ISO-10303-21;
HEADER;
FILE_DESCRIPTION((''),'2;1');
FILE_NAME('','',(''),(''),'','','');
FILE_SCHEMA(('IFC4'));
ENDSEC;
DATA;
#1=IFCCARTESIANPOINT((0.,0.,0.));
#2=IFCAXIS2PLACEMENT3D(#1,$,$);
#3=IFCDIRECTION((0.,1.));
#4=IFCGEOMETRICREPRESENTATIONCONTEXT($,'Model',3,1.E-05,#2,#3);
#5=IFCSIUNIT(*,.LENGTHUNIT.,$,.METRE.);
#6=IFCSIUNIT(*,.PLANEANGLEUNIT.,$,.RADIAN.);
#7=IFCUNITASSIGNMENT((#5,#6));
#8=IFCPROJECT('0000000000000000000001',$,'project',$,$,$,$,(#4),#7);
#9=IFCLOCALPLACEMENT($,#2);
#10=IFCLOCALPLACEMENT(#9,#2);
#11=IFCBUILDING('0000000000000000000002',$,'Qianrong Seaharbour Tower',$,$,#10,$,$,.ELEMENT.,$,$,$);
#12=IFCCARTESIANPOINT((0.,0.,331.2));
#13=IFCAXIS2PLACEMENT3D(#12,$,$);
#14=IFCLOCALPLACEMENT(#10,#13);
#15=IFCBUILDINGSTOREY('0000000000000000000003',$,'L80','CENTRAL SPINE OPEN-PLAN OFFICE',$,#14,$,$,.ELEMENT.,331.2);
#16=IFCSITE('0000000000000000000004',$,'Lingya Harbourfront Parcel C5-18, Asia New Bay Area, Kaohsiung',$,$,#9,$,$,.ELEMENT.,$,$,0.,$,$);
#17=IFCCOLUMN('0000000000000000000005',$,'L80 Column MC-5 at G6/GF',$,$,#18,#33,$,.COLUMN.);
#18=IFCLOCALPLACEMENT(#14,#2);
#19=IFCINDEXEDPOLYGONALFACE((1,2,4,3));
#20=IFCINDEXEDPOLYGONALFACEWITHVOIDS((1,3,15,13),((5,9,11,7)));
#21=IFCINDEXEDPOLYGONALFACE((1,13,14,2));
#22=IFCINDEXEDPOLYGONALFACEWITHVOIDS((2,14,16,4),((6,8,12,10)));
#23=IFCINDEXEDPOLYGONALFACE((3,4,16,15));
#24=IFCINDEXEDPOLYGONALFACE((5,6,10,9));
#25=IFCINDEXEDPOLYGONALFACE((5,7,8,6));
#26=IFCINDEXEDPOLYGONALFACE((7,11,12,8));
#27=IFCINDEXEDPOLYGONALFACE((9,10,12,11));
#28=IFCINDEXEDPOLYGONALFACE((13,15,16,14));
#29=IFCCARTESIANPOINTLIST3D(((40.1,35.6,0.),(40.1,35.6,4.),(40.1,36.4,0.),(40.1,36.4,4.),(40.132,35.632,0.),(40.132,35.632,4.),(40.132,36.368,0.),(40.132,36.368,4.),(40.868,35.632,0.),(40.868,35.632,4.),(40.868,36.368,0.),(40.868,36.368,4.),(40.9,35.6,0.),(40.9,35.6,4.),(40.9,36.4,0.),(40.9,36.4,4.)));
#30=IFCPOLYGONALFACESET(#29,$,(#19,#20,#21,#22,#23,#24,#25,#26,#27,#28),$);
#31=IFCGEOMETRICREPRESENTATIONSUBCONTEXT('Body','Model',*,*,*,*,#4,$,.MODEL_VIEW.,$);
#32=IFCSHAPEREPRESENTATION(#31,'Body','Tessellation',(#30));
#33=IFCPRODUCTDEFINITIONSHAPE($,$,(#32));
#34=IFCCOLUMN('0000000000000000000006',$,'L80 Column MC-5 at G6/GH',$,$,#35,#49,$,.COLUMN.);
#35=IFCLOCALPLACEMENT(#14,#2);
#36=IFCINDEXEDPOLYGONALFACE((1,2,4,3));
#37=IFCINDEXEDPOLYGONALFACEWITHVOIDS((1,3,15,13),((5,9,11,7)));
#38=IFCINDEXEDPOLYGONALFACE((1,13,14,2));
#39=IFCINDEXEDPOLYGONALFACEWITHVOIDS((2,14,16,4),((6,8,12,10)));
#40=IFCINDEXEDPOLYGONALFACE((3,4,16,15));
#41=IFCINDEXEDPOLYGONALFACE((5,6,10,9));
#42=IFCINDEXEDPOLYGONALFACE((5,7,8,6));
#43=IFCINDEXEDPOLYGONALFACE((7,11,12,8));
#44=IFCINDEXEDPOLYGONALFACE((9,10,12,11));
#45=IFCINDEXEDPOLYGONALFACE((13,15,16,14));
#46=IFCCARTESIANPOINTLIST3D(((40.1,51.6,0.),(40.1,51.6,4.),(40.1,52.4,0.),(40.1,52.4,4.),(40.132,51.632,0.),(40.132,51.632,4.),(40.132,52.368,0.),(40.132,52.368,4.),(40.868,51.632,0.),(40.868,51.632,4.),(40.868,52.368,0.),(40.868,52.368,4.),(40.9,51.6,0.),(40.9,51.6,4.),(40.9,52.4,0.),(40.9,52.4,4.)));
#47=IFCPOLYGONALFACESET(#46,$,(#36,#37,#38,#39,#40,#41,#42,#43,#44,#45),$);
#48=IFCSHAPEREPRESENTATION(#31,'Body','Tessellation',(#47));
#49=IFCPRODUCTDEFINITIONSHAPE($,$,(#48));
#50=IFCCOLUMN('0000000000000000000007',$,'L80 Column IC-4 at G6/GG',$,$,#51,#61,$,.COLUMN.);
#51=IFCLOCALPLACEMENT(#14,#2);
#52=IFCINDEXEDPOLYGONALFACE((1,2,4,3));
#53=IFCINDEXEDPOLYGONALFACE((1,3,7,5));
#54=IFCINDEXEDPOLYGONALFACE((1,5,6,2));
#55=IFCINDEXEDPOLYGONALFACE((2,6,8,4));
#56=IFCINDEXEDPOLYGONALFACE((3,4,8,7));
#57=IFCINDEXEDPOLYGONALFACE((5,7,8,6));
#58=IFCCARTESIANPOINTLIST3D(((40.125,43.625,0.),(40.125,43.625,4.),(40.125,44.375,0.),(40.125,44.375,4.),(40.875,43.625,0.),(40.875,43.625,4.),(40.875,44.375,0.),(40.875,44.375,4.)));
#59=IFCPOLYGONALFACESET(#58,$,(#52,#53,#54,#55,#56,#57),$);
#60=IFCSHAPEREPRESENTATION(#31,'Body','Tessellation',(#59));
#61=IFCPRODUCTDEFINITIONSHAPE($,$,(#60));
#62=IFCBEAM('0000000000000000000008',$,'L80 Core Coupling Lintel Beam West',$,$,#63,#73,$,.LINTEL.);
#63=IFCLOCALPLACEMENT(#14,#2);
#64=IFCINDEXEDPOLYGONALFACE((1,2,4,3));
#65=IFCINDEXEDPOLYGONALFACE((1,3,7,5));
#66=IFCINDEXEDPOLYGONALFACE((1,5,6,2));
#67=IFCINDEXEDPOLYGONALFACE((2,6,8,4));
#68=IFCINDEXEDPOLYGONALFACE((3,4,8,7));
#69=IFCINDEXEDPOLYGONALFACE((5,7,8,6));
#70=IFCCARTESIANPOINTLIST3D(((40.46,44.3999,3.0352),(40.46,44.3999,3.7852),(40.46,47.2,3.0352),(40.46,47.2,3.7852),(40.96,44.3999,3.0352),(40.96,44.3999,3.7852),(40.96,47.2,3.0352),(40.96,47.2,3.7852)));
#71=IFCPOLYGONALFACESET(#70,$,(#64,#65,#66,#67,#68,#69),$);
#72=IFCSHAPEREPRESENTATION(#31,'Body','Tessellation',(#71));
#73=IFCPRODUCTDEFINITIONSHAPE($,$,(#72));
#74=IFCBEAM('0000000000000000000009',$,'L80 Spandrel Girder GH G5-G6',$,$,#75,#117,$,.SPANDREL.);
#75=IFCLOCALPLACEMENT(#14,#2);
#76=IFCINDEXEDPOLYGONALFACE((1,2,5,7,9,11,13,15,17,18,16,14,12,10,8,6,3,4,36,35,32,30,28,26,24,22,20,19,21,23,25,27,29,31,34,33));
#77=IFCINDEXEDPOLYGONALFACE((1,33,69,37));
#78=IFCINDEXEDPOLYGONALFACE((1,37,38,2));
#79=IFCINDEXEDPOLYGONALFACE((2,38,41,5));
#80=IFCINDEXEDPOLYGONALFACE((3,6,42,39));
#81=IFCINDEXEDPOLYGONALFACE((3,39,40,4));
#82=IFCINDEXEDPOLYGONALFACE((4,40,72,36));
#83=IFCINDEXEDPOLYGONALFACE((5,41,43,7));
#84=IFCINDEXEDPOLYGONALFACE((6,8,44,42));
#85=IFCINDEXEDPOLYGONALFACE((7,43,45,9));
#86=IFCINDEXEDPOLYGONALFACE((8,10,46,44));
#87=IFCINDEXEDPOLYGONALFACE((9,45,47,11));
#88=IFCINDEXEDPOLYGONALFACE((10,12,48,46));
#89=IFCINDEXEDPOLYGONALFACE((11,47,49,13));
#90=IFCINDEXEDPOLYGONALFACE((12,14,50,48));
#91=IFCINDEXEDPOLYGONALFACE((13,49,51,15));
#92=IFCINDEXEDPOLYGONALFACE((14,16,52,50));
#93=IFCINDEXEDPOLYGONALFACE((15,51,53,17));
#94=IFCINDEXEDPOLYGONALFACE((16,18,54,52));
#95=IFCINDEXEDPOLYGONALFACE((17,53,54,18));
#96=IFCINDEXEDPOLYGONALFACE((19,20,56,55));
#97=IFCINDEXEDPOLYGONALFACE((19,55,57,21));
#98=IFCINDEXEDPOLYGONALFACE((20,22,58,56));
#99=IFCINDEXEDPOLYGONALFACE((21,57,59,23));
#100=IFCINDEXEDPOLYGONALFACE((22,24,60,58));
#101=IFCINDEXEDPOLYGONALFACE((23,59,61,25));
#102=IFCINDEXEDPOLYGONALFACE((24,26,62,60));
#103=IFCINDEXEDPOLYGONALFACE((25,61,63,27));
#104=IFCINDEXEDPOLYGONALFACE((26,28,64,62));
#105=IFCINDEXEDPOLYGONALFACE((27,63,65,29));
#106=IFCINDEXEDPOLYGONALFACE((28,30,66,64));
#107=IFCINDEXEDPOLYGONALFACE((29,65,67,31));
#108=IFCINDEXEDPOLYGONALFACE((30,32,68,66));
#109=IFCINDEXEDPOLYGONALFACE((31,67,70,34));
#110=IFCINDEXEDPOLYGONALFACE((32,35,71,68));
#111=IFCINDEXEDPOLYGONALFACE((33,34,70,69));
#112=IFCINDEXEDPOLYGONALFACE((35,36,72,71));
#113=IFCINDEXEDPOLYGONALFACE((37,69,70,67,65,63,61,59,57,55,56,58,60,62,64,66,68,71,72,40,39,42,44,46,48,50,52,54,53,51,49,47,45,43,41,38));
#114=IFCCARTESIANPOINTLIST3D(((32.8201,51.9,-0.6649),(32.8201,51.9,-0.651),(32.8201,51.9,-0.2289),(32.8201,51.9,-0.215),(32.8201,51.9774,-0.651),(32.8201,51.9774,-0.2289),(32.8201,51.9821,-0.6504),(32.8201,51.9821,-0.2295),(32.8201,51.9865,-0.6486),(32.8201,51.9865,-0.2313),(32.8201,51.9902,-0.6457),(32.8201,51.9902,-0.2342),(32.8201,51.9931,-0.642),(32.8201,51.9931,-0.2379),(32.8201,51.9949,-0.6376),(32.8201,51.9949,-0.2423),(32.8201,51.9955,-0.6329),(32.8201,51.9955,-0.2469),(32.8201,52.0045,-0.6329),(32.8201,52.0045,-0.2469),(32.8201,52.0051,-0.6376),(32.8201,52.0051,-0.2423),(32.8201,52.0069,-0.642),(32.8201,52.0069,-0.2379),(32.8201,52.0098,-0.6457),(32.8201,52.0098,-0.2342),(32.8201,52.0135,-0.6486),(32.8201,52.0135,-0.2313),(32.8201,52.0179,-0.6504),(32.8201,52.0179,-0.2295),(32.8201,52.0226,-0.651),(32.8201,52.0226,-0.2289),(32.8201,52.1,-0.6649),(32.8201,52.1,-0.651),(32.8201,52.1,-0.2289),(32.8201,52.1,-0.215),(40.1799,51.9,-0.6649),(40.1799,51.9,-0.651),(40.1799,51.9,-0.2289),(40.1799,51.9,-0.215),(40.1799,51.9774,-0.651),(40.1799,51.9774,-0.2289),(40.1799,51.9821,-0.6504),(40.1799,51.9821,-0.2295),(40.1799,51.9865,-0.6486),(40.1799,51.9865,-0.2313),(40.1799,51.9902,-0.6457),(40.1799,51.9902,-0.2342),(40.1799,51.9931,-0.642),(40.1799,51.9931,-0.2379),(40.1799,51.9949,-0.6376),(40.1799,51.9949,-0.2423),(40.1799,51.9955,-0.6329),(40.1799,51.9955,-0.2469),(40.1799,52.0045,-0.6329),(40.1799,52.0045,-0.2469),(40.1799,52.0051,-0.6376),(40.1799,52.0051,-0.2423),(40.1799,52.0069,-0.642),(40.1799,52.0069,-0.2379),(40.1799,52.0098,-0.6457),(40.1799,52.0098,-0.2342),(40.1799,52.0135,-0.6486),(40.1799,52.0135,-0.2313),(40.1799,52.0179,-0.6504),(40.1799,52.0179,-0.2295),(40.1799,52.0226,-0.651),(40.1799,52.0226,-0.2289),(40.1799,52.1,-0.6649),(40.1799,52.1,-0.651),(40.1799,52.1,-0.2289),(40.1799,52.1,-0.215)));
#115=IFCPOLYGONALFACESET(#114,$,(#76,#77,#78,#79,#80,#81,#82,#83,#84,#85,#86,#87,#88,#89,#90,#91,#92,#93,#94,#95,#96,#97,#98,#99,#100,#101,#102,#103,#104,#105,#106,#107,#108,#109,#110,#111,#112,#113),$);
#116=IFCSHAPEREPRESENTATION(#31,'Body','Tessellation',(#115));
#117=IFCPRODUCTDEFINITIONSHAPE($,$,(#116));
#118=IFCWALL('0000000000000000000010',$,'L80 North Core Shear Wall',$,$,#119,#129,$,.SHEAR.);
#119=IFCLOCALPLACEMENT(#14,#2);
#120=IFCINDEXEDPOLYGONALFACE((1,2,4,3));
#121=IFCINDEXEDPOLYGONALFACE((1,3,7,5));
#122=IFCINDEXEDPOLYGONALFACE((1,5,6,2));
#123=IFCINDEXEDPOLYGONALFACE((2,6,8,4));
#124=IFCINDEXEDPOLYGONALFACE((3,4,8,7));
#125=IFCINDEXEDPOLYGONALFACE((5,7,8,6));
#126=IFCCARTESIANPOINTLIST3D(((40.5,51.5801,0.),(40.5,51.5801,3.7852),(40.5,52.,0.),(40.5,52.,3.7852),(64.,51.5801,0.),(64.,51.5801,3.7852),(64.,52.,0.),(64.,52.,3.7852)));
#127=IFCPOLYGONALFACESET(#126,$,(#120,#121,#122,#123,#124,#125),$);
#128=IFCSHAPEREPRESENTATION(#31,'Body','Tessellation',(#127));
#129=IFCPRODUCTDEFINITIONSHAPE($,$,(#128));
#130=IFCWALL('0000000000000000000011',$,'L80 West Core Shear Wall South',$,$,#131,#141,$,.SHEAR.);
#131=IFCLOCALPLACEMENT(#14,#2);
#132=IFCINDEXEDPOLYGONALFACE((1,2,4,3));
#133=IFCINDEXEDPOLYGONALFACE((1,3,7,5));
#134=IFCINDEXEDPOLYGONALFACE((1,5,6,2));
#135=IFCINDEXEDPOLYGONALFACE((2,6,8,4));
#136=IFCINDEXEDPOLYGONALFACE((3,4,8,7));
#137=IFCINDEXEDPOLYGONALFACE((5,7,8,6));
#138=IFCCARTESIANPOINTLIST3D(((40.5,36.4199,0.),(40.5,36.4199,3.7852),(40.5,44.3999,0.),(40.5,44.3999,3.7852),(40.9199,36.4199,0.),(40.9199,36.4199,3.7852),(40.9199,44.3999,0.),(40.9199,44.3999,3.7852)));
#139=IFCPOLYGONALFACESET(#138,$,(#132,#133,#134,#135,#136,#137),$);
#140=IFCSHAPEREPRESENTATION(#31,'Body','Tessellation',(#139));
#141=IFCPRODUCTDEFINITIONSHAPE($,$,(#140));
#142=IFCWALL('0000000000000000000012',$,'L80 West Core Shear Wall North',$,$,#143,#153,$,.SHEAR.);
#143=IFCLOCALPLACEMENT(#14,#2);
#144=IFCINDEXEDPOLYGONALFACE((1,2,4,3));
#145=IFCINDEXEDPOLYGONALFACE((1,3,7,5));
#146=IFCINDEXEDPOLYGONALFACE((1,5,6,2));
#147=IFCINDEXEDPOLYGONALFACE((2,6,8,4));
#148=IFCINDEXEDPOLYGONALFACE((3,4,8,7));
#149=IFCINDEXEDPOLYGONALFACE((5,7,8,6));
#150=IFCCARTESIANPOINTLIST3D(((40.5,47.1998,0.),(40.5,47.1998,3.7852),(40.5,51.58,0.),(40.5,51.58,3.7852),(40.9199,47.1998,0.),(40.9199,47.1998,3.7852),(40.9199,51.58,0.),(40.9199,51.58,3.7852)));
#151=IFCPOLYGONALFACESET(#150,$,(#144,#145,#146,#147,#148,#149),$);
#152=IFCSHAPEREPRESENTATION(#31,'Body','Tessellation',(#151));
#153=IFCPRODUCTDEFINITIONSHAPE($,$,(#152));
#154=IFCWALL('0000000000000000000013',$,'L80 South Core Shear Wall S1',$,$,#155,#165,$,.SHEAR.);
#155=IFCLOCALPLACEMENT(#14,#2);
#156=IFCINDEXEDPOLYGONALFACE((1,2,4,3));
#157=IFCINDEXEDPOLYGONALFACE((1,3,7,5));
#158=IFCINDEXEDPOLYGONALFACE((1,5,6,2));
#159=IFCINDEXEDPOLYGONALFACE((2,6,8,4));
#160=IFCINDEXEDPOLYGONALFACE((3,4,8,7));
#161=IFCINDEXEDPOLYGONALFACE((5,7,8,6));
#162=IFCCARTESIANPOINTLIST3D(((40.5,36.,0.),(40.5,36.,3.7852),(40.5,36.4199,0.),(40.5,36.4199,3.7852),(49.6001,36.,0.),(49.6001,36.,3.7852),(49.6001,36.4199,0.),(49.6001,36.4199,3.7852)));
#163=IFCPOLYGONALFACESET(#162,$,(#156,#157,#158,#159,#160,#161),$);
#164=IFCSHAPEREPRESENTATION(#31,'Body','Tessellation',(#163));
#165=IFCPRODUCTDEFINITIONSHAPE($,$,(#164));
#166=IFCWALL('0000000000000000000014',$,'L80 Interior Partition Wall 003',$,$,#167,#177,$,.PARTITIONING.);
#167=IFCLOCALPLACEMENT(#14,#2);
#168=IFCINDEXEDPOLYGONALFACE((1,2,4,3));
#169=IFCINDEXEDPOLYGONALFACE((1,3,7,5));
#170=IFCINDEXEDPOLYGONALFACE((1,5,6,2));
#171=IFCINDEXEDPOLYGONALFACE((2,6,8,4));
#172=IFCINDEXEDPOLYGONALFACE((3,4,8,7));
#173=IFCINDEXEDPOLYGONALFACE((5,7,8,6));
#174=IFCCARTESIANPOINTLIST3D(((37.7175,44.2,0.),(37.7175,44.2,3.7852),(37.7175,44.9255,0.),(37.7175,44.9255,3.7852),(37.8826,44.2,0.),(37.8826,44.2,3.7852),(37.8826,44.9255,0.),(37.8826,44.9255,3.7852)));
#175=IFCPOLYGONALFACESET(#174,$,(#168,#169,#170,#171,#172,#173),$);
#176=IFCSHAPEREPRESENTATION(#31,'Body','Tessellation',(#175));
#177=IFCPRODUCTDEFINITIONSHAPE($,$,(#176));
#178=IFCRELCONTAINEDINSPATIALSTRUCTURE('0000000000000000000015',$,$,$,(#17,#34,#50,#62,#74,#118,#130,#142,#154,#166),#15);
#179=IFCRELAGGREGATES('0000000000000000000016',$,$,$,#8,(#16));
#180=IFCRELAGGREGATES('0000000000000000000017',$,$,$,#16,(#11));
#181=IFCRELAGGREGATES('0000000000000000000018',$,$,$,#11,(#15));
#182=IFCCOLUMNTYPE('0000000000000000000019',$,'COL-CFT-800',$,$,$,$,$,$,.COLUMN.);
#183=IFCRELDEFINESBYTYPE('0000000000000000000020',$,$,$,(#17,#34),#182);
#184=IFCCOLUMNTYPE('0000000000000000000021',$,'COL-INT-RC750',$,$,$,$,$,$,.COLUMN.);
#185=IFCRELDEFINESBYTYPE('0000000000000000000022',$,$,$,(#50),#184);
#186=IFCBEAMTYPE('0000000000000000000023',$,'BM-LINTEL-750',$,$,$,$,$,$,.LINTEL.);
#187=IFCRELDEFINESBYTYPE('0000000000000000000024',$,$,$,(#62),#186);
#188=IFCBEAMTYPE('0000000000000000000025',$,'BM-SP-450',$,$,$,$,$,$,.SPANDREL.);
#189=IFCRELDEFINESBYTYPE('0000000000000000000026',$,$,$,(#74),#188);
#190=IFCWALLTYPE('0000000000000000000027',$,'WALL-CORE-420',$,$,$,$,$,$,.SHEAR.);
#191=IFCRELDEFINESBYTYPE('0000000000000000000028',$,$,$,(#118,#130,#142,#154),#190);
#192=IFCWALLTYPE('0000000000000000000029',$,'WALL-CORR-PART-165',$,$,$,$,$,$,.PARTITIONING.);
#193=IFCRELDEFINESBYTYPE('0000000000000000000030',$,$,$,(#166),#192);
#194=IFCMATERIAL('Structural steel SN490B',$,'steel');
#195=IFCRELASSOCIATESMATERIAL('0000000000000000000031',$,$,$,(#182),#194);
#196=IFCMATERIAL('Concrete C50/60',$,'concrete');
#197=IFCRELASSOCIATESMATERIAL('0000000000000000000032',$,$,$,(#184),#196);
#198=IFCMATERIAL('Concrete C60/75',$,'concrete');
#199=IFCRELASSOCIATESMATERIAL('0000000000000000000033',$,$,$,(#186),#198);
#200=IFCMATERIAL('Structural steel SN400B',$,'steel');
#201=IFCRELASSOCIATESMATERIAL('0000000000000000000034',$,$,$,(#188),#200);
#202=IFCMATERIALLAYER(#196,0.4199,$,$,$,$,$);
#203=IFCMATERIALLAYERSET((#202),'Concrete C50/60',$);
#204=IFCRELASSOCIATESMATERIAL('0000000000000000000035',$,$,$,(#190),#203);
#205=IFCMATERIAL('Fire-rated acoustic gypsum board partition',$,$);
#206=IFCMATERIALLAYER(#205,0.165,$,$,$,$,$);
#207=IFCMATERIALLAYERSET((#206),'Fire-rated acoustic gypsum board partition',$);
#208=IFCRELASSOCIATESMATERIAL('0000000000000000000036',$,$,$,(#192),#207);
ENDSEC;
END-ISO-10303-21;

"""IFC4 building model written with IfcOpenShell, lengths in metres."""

from ifc_helpers import new_model, si_unit, direction, frame, frame_2d, origin, origin_2d, place, context, subcontext, project, spatial, rectangle, hollow_rectangle, i_section, extrude, material, layer, layer_set, material_profile, profile_set, type_object, element, save


model = new_model("IFC4")

# Units and contexts
model_context = context("Model", 3, precision=1e-05, world=origin(), true_north=direction((0.0, 1.0)))
body_context = subcontext(model_context, "Body", "Model", "MODEL_VIEW")
ifc_project = project(units=[si_unit("LENGTHUNIT", "METRE"), si_unit("PLANEANGLEUNIT", "RADIAN")], contexts=[model_context])

# Site, building, storey
site_placement = place(None, origin())
site = spatial("IfcSite", under=ifc_project, at=site_placement, Name="Lingya Harbourfront Parcel C5-18, Asia New Bay Area, Kaohsiung", CompositionType="ELEMENT", RefElevation=0.0)
building_placement = place(site_placement, origin())
building = spatial("IfcBuilding", under=site, at=building_placement, Name="Qianrong Seaharbour Tower", CompositionType="ELEMENT")
storey_placement = place(building_placement, frame((0.0, 0.0, 331.2)))
storey = spatial("IfcBuildingStorey", under=building, at=storey_placement, Name="L80", Description="CENTRAL SPINE OPEN-PLAN OFFICE", CompositionType="ELEMENT", Elevation=331.2)

# Columns
ifc_material_1 = material(Name="Structural steel SN490B", Category="steel")
ifc_material_profile_1 = material_profile(ifc_material_1, hollow_rectangle(XDim=0.8, YDim=0.8, WallThickness=0.032, at=origin_2d()), Name="BOX800x800x32")
ifc_profile_set_1 = profile_set([ifc_material_profile_1], Name="Structural steel SN490B")
column_type_1 = type_object("IfcColumnType", Name="COL-CFT-800", PredefinedType="COLUMN", material=ifc_profile_set_1)
for number, where, z_axis, x_axis, name in (
    (1, (40.5, 36.0, 0.0), (0.0, 0.0, 1.0), (1.0, 0.0, 0.0), "L80 Column MC-5 at G6/GF"),
    (2, (40.5, 52.0, 0.0), (0.0, 0.0, 1.0), (1.0, 0.0, 0.0), "L80 Column MC-5 at G6/GH"),
):
    element("IfcColumn", number, at=place(storey_placement, frame(where, z_axis=z_axis, x_axis=x_axis)), inside=storey, type_object=column_type_1, Name=name, PredefinedType="COLUMN", context=body_context, shape_type="SweptSolid", body=[
        extrude(hollow_rectangle(XDim=0.8, YDim=0.8, WallThickness=0.032, at=origin_2d()), origin(), (0.0, 0.0, 1.0), 4.0),
    ])
ifc_material_2 = material(Name="Concrete C50/60", Category="concrete")
ifc_material_profile_2 = material_profile(ifc_material_2, rectangle(XDim=0.75, YDim=0.75, at=origin_2d()), Name="RC750x750")
ifc_profile_set_2 = profile_set([ifc_material_profile_2], Name="Concrete C50/60")
column_type_2 = type_object("IfcColumnType", Name="COL-INT-RC750", PredefinedType="COLUMN", material=ifc_profile_set_2)
column_placement = place(storey_placement, frame((40.5, 44.0, 0.0), z_axis=(0.0, 0.0, 1.0), x_axis=(1.0, 0.0, 0.0)))
element("IfcColumn", 3, at=column_placement, inside=storey, type_object=column_type_2, Name="L80 Column IC-4 at G6/GG", PredefinedType="COLUMN", context=body_context, shape_type="SweptSolid", body=[
    extrude(rectangle(XDim=0.75, YDim=0.75, at=origin_2d()), origin(), (0.0, 0.0, 1.0), 4.0),
])

# Beams
ifc_material_3 = material(Name="Concrete C60/75", Category="concrete")
ifc_material_profile_3 = material_profile(ifc_material_3, rectangle(XDim=0.5, YDim=0.75, at=origin_2d()), Name="RC500x750")
ifc_profile_set_3 = profile_set([ifc_material_profile_3], Name="Concrete C60/75")
beam_type_1 = type_object("IfcBeamType", Name="BM-LINTEL-750", PredefinedType="LINTEL", material=ifc_profile_set_3)
beam_1_placement = place(storey_placement, frame((40.71, 44.3999, 3.4102), z_axis=(0.0, 1.0, 0.0), x_axis=(-1.0, 0.0, 0.0)))
element("IfcBeam", 4, at=beam_1_placement, inside=storey, type_object=beam_type_1, Name="L80 Core Coupling Lintel Beam West", PredefinedType="LINTEL", context=body_context, shape_type="SweptSolid", body=[
    extrude(rectangle(XDim=0.5, YDim=0.75, at=origin_2d()), origin(), (0.0, 0.0, 1.0), 2.8),
])
ifc_material_4 = material(Name="Structural steel SN400B", Category="steel")
ifc_material_profile_4 = material_profile(ifc_material_4, i_section(OverallWidth=0.2, OverallDepth=0.45, WebThickness=0.009, FlangeThickness=0.0139, FilletRadius=0.0181, at=origin_2d()), Name="H450x200x9x14")
ifc_profile_set_4 = profile_set([ifc_material_profile_4], Name="Structural steel SN400B")
beam_type_2 = type_object("IfcBeamType", Name="BM-SP-450", PredefinedType="SPANDREL", material=ifc_profile_set_4)
beam_2_placement = place(storey_placement, frame((32.8201, 52.0, -0.4399), z_axis=(1.0, 0.0, 0.0), x_axis=(0.0, 1.0, 0.0)))
element("IfcBeam", 5, at=beam_2_placement, inside=storey, type_object=beam_type_2, Name="L80 Spandrel Girder GH G5-G6", PredefinedType="SPANDREL", context=body_context, shape_type="SweptSolid", body=[
    extrude(i_section(OverallWidth=0.2, OverallDepth=0.45, WebThickness=0.009, FlangeThickness=0.0139, FilletRadius=0.0181, at=origin_2d()), origin(), (0.0, 0.0, 1.0), 7.3599),
])

# Walls
ifc_layer_1 = layer(ifc_material_2, 0.4199)
ifc_layer_set_1 = layer_set([ifc_layer_1], Name="Concrete C50/60")
wall_type_1 = type_object("IfcWallType", Name="WALL-CORE-420", PredefinedType="SHEAR", material=ifc_layer_set_1)
wall_1_placement = place(storey_placement, frame((40.5, 51.79, 0.0), z_axis=(0.0, 0.0, 1.0), x_axis=(1.0, 0.0, 0.0)))
element("IfcWall", 6, at=wall_1_placement, inside=storey, type_object=wall_type_1, Name="L80 North Core Shear Wall", PredefinedType="SHEAR", context=body_context, shape_type="SweptSolid", body=[
    extrude(rectangle(XDim=23.5, YDim=0.4199, at=frame_2d((11.75, 0.0))), origin(), (0.0, 0.0, 1.0), 3.7852),
])
wall_2_placement = place(storey_placement, frame((40.71, 36.4199, 0.0), z_axis=(0.0, 0.0, 1.0), x_axis=(0.0, 1.0, 0.0)))
element("IfcWall", 7, at=wall_2_placement, inside=storey, type_object=wall_type_1, Name="L80 West Core Shear Wall South", PredefinedType="SHEAR", context=body_context, shape_type="SweptSolid", body=[
    extrude(rectangle(XDim=7.98, YDim=0.4199, at=frame_2d((3.99, 0.0))), origin(), (0.0, 0.0, 1.0), 3.7852),
])
wall_3_placement = place(storey_placement, frame((40.71, 47.2, 0.0), z_axis=(0.0, 0.0, 1.0), x_axis=(0.0, 1.0, 0.0)))
element("IfcWall", 8, at=wall_3_placement, inside=storey, type_object=wall_type_1, Name="L80 West Core Shear Wall North", PredefinedType="SHEAR", context=body_context, shape_type="SweptSolid", body=[
    extrude(rectangle(XDim=4.3801, YDim=0.4199, at=frame_2d((2.1899, 0.0))), origin(), (0.0, 0.0, 1.0), 3.7852),
])
wall_4_placement = place(storey_placement, frame((40.5, 36.21, 0.0), z_axis=(0.0, 0.0, 1.0), x_axis=(1.0, 0.0, 0.0)))
element("IfcWall", 9, at=wall_4_placement, inside=storey, type_object=wall_type_1, Name="L80 South Core Shear Wall S1", PredefinedType="SHEAR", context=body_context, shape_type="SweptSolid", body=[
    extrude(rectangle(XDim=9.1001, YDim=0.4199, at=frame_2d((4.55, 0.0))), origin(), (0.0, 0.0, 1.0), 3.7852),
])

# Shared definitions
ifc_material_5 = material(Name="Fire-rated acoustic gypsum board partition")
ifc_layer_2 = layer(ifc_material_5, 0.165)
ifc_layer_set_2 = layer_set([ifc_layer_2], Name="Fire-rated acoustic gypsum board partition")
wall_type_2 = type_object("IfcWallType", Name="WALL-CORR-PART-165", PredefinedType="PARTITIONING", material=ifc_layer_set_2)

# Wall
wall_5_placement = place(storey_placement, frame((37.8, 44.2, 0.0), z_axis=(0.0, 0.0, 1.0), x_axis=(0.0, 1.0, 0.0)))
element("IfcWall", 10, at=wall_5_placement, inside=storey, type_object=wall_type_2, Name="L80 Interior Partition Wall 003", PredefinedType="PARTITIONING", context=body_context, shape_type="SweptSolid", body=[
    extrude(rectangle(XDim=0.7256, YDim=0.165, at=frame_2d((0.3628, 0.0))), origin(), (0.0, 0.0, 1.0), 3.7852),
])

save(model, "model.ifc")
